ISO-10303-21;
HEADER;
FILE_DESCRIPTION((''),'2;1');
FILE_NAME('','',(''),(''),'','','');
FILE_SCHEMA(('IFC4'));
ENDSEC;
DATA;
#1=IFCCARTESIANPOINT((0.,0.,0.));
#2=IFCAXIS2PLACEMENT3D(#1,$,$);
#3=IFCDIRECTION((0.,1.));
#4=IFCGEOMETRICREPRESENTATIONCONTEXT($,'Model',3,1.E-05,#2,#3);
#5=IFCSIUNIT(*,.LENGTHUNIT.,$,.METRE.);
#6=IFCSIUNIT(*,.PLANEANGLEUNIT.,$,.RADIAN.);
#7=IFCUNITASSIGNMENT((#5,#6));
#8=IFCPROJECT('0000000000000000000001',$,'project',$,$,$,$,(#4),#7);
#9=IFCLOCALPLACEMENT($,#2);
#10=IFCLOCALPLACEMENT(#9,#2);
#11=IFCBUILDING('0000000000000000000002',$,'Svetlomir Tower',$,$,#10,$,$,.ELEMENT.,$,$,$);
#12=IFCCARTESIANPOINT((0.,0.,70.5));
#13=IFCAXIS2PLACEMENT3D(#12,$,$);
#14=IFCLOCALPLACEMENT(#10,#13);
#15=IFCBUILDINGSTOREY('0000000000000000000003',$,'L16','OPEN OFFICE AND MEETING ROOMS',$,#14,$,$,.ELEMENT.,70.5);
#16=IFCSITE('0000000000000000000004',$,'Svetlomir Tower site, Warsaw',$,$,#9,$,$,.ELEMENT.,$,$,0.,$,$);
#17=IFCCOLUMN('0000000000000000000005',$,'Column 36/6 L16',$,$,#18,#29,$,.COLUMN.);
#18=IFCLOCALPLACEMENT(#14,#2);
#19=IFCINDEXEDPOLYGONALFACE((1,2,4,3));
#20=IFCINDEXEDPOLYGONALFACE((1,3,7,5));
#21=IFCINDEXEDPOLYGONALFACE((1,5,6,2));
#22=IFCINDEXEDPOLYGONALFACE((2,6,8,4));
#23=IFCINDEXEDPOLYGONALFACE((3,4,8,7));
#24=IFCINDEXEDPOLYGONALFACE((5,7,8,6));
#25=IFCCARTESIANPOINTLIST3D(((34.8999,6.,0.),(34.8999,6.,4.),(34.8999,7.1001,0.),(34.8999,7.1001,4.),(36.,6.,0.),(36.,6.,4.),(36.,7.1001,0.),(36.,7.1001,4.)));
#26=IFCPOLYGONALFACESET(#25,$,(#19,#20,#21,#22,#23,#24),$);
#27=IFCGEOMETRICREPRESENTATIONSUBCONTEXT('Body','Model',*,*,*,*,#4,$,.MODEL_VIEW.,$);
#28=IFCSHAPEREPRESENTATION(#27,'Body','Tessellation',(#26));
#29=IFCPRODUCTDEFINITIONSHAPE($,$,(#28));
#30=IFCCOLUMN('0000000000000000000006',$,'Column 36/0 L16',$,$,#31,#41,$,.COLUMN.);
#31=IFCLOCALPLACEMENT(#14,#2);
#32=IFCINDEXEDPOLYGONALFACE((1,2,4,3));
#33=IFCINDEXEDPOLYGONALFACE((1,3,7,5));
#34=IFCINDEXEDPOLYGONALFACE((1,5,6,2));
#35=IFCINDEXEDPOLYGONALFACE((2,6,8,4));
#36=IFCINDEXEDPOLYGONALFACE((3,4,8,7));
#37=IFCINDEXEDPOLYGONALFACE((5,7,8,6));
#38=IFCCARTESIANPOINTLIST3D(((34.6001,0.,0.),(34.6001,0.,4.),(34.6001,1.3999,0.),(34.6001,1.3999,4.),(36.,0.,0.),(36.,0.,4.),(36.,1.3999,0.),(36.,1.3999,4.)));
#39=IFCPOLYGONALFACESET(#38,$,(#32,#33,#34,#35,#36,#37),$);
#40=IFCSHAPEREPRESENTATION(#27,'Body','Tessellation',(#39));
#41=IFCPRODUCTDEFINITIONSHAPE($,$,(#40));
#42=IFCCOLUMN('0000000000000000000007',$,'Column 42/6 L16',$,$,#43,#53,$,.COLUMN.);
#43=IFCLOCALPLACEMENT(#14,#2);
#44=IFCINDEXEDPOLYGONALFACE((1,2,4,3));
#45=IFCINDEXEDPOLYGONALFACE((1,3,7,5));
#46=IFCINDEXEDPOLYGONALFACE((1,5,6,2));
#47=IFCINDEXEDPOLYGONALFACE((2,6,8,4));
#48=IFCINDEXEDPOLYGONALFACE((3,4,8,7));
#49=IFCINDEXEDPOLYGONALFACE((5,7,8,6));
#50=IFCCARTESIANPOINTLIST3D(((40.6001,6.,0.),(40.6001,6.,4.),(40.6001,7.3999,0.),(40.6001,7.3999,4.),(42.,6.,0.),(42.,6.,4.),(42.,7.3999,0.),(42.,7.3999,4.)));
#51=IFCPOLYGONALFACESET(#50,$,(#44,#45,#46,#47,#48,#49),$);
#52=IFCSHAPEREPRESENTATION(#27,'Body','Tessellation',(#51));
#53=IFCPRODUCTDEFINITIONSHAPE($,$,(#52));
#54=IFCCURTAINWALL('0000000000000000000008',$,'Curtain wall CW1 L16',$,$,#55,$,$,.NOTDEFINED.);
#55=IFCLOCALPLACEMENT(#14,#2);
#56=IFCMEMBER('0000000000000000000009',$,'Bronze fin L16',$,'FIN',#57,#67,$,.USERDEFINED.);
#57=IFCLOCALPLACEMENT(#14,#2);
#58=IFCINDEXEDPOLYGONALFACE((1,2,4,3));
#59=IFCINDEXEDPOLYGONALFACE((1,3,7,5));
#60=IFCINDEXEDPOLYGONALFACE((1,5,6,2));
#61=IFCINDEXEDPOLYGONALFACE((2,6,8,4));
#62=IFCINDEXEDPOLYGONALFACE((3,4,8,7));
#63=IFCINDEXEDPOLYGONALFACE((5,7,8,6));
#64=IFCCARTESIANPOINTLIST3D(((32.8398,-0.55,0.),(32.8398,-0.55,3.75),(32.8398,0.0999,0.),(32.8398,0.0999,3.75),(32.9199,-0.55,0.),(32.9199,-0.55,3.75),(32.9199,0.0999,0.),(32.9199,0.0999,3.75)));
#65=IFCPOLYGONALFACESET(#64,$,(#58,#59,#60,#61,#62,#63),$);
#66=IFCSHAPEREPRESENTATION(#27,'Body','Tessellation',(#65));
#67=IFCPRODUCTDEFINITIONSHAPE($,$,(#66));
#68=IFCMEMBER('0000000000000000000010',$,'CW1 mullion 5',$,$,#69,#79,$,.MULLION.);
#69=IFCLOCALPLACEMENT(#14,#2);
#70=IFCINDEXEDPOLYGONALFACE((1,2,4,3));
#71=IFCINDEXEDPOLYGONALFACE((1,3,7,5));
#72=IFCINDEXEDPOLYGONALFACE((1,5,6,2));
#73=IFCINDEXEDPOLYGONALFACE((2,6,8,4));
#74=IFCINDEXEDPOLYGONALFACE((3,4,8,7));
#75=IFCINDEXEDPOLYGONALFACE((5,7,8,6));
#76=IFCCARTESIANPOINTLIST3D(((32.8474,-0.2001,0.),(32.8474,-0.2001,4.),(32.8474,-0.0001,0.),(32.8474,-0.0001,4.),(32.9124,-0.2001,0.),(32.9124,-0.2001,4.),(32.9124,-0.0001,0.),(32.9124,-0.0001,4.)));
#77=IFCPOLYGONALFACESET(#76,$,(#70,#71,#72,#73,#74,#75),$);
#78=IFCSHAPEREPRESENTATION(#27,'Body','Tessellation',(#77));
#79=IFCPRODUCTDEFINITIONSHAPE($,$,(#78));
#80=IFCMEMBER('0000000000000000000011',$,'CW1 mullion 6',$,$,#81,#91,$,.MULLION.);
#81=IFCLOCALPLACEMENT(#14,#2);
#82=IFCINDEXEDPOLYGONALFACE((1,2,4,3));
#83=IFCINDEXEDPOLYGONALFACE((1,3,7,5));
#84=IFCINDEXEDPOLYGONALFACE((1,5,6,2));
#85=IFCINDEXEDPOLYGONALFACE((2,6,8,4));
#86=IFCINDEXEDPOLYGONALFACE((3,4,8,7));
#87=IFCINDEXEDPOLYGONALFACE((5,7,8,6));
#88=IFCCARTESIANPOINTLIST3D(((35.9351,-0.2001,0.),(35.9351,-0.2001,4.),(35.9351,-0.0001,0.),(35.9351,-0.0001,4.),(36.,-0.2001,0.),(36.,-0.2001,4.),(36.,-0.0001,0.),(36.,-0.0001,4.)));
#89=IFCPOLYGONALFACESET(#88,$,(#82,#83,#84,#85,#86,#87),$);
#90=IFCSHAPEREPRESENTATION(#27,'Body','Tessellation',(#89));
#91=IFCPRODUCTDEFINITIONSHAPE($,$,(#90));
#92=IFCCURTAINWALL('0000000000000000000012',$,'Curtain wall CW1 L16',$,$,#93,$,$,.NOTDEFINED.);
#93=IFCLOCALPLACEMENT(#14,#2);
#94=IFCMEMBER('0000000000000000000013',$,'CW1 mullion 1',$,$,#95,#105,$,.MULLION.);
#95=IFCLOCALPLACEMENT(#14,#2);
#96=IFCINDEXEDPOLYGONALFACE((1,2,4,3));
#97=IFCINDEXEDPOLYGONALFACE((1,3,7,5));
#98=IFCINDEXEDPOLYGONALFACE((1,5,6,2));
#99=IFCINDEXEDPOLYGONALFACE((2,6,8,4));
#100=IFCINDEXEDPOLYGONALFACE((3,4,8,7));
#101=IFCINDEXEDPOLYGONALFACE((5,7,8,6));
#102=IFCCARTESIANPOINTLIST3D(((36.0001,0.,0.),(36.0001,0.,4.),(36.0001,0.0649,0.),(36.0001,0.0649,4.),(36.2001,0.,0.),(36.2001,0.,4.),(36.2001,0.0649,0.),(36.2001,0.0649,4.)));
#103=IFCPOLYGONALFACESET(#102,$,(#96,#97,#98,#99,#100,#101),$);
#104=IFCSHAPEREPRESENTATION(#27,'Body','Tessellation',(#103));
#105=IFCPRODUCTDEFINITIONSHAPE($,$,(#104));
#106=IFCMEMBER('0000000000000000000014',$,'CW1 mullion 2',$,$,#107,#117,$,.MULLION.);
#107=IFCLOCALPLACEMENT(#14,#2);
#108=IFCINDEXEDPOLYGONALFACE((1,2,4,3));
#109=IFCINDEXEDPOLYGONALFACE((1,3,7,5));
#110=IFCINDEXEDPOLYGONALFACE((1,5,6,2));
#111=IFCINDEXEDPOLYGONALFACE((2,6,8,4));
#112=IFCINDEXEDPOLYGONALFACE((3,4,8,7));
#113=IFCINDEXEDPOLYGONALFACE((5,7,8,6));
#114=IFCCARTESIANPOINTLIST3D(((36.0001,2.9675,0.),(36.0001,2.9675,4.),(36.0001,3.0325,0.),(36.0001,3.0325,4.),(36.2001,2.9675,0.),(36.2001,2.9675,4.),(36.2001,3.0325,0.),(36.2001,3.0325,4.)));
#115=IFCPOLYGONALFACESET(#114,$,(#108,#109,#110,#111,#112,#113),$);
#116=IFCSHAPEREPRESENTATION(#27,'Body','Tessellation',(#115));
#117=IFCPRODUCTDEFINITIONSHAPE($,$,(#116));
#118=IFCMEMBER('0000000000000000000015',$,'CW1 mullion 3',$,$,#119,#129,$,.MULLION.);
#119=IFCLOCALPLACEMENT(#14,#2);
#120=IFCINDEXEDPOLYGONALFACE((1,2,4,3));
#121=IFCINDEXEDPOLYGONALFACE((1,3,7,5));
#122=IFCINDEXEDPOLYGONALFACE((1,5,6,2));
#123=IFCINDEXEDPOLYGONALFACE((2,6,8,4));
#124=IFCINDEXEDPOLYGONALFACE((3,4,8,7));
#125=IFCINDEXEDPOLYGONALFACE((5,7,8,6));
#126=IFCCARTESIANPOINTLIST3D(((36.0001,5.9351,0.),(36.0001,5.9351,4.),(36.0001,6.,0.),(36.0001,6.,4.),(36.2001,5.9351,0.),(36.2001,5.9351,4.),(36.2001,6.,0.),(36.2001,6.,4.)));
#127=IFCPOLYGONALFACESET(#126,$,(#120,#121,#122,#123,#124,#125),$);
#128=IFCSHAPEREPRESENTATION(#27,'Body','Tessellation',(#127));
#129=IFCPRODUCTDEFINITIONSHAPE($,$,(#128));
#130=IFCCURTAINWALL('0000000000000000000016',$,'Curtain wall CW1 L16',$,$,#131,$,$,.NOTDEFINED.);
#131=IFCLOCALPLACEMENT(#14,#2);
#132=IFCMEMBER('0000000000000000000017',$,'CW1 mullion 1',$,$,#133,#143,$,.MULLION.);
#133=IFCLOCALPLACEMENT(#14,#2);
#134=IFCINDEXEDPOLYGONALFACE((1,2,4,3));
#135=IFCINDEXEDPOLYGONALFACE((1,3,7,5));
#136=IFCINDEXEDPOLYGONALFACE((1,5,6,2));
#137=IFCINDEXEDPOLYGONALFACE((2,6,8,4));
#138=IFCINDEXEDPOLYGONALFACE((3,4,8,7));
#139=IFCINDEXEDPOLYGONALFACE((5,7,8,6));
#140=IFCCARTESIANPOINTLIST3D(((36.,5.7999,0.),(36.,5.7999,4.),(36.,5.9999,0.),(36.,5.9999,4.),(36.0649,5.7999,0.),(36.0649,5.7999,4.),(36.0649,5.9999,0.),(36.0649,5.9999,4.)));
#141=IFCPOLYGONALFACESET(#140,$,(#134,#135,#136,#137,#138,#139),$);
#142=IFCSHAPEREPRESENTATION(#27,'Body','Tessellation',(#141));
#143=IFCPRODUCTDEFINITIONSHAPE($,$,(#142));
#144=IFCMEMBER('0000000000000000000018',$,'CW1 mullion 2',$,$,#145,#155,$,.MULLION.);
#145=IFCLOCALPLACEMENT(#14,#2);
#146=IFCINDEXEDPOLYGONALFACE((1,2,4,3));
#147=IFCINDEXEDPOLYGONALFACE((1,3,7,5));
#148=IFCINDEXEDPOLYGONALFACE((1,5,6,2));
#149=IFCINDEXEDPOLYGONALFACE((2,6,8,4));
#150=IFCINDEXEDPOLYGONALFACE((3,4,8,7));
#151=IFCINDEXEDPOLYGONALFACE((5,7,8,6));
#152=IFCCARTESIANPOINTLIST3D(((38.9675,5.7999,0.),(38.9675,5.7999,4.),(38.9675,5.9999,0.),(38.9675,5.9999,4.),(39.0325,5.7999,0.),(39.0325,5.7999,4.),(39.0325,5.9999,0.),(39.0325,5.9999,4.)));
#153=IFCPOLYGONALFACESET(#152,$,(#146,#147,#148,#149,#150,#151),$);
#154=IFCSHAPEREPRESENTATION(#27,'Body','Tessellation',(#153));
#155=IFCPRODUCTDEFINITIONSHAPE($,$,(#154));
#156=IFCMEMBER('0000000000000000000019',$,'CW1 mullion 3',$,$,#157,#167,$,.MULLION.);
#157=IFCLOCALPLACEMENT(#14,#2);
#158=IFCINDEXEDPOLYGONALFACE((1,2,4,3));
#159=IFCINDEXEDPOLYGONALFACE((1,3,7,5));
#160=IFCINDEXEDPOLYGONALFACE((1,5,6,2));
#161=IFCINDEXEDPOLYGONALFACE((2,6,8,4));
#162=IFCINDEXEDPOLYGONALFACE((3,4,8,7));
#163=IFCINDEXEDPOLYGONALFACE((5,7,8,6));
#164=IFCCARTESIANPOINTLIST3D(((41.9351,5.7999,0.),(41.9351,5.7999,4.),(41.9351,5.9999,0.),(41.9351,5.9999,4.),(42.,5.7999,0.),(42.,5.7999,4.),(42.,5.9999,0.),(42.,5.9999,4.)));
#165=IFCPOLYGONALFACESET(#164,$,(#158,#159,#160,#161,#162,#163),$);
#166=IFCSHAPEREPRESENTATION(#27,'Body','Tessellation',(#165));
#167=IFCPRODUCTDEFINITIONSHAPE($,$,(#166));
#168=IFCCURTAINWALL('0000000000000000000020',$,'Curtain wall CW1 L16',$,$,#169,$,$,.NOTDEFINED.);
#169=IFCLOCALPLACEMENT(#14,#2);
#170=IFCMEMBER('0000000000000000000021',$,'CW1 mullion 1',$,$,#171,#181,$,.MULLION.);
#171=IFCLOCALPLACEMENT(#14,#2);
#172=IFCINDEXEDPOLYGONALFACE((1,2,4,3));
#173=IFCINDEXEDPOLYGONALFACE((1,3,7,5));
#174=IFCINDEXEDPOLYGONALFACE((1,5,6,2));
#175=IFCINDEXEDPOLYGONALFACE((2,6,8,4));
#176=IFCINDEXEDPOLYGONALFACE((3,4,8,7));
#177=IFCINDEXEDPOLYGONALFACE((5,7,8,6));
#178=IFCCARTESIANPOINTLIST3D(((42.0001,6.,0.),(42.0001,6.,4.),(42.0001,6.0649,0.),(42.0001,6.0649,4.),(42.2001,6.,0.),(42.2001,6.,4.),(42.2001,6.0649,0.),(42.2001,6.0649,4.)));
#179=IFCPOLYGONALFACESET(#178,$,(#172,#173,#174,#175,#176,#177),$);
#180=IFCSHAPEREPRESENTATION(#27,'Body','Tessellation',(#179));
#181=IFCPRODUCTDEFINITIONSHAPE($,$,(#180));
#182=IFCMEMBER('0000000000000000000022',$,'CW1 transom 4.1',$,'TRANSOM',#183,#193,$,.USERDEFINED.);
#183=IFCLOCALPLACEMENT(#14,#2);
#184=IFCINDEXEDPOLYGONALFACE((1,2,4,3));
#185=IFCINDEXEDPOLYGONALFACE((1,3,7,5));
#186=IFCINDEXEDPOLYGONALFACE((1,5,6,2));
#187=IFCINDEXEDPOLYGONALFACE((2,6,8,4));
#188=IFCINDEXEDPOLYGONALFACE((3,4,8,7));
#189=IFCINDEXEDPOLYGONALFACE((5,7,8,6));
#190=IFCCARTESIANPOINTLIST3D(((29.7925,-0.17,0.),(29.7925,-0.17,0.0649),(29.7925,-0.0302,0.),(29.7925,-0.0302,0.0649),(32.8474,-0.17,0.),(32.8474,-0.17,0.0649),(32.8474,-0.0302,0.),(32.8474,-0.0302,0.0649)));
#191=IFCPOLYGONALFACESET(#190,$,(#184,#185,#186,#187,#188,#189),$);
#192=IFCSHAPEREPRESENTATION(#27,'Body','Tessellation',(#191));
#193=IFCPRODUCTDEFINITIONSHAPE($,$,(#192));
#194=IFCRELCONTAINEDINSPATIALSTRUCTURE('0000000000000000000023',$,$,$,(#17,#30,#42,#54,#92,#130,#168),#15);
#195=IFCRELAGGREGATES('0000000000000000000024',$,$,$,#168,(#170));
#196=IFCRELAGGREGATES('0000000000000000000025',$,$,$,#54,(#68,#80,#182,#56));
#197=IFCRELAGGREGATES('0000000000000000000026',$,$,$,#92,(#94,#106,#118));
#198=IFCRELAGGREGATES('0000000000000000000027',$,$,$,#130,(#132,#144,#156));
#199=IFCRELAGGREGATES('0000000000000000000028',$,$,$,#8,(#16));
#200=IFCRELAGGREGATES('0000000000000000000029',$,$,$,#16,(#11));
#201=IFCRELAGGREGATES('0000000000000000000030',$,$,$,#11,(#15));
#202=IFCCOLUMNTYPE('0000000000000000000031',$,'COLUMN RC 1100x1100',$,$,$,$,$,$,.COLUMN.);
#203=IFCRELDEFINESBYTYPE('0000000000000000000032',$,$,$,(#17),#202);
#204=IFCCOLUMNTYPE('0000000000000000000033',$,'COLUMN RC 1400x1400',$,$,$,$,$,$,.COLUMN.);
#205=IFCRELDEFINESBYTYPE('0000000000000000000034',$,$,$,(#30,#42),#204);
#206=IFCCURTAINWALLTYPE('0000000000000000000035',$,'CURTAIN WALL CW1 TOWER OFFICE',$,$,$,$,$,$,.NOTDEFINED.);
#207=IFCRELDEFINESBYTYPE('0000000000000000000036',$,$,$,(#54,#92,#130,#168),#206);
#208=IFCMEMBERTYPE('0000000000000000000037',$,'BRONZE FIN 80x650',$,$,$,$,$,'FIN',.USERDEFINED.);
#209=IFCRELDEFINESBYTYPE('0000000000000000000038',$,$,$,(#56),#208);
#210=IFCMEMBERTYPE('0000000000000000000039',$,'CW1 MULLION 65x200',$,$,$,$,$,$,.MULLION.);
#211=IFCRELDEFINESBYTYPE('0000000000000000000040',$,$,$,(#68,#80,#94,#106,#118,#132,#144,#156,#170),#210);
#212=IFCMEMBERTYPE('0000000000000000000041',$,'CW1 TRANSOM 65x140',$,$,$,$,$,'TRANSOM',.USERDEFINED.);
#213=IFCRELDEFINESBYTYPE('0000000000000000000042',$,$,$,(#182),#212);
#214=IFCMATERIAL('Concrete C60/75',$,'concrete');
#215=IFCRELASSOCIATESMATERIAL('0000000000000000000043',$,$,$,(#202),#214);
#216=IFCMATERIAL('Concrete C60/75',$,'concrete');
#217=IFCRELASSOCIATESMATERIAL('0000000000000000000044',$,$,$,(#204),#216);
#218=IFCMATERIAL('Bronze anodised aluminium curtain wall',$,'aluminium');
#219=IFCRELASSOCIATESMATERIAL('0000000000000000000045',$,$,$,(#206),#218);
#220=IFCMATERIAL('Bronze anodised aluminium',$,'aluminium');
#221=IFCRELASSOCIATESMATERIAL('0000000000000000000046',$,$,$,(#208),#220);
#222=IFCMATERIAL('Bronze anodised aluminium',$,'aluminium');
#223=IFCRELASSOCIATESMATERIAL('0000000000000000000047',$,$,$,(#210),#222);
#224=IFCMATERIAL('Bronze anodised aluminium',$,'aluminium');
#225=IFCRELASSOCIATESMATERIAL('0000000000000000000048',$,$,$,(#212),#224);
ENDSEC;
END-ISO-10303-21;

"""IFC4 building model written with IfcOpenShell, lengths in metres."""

from ifc_helpers import new_model, si_unit, direction, frame, origin, origin_2d, place, context, subcontext, project, spatial, rectangle, extrude, material, material_profile, profile_set, type_object, element, aggregate, save


model = new_model("IFC4")

# Units and contexts
model_context = context("Model", 3, precision=1e-05, world=origin(), true_north=direction((0.0, 1.0)))
body_context = subcontext(model_context, "Body", "Model", "MODEL_VIEW")
ifc_project = project(units=[si_unit("LENGTHUNIT", "METRE"), si_unit("PLANEANGLEUNIT", "RADIAN")], contexts=[model_context])

# Site, building, storey
site_placement = place(None, origin())
site = spatial("IfcSite", under=ifc_project, at=site_placement, Name="Svetlomir Tower site, Warsaw", CompositionType="ELEMENT", RefElevation=0.0)
building_placement = place(site_placement, origin())
building = spatial("IfcBuilding", under=site, at=building_placement, Name="Svetlomir Tower", CompositionType="ELEMENT")
storey_placement = place(building_placement, frame((0.0, 0.0, 70.5)))
storey = spatial("IfcBuildingStorey", under=building, at=storey_placement, Name="L16", Description="OPEN OFFICE AND MEETING ROOMS", CompositionType="ELEMENT", Elevation=70.5)

# Columns
ifc_material_1 = material(Name="Concrete C60/75", Category="concrete")
ifc_material_profile_1 = material_profile(ifc_material_1, rectangle(XDim=1.1001, YDim=1.1001, at=origin_2d()), Name="RC 1100x1100")
ifc_profile_set_1 = profile_set([ifc_material_profile_1], Name="Concrete C60/75")
column_type_1 = type_object("IfcColumnType", Name="COLUMN RC 1100x1100", PredefinedType="COLUMN", material=ifc_profile_set_1)
column_placement = place(storey_placement, frame((35.45, 6.55, 0.0), z_axis=(0.0, 0.0, 1.0), x_axis=(1.0, 0.0, 0.0)))
element("IfcColumn", 1, at=column_placement, inside=storey, type_object=column_type_1, Name="Column 36/6 L16", PredefinedType="COLUMN", context=body_context, shape_type="SweptSolid", body=[
    extrude(rectangle(XDim=1.1001, YDim=1.1001, at=origin_2d()), origin(), (0.0, 0.0, 1.0), 4.0),
])
ifc_material_2 = material(Name="Concrete C60/75", Category="concrete")
ifc_material_profile_2 = material_profile(ifc_material_2, rectangle(XDim=1.3999, YDim=1.3999, at=origin_2d()), Name="RC 1400x1400")
ifc_profile_set_2 = profile_set([ifc_material_profile_2], Name="Concrete C60/75")
column_type_2 = type_object("IfcColumnType", Name="COLUMN RC 1400x1400", PredefinedType="COLUMN", material=ifc_profile_set_2)
for number, where, z_axis, x_axis, name in (
    (2, (35.3, 0.7, 0.0), (0.0, 0.0, 1.0), (1.0, 0.0, 0.0), "Column 36/0 L16"),
    (3, (41.3, 6.7, 0.0), (0.0, 0.0, 1.0), (1.0, 0.0, 0.0), "Column 42/6 L16"),
):
    element("IfcColumn", number, at=place(storey_placement, frame(where, z_axis=z_axis, x_axis=x_axis)), inside=storey, type_object=column_type_2, Name=name, PredefinedType="COLUMN", context=body_context, shape_type="SweptSolid", body=[
        extrude(rectangle(XDim=1.3999, YDim=1.3999, at=origin_2d()), origin(), (0.0, 0.0, 1.0), 4.0),
    ])

# Curtain walls, members
ifc_material_3 = material(Name="Bronze anodised aluminium curtain wall", Category="aluminium")
curtain_wall_type = type_object("IfcCurtainWallType", Name="CURTAIN WALL CW1 TOWER OFFICE", PredefinedType="NOTDEFINED", material=ifc_material_3)
curtain_wall_1_placement = place(storey_placement, origin())
curtain_wall_1 = element("IfcCurtainWall", 4, at=curtain_wall_1_placement, inside=storey, type_object=curtain_wall_type, Name="Curtain wall CW1 L16", PredefinedType="NOTDEFINED")
ifc_material_4 = material(Name="Bronze anodised aluminium", Category="aluminium")
ifc_material_profile_3 = material_profile(ifc_material_4, rectangle(XDim=0.0801, YDim=0.6499, at=origin_2d()), Name="FIN 80x650")
ifc_profile_set_3 = profile_set([ifc_material_profile_3], Name="Bronze anodised aluminium 6063-T6")
member_type_1 = type_object("IfcMemberType", Name="BRONZE FIN 80x650", ElementType="FIN", PredefinedType="USERDEFINED", material=ifc_profile_set_3)
member_1_placement = place(storey_placement, frame((32.8799, -0.2251, 0.0), z_axis=(0.0, 0.0, 1.0), x_axis=(1.0, 0.0, 0.0)))
member_1 = element("IfcMember", 5, at=member_1_placement, type_object=member_type_1, Name="Bronze fin L16", ObjectType="FIN", PredefinedType="USERDEFINED", context=body_context, shape_type="SweptSolid", body=[
    extrude(rectangle(XDim=0.0801, YDim=0.6499, at=origin_2d()), origin(), (0.0, 0.0, 1.0), 3.75),
])
ifc_material_5 = material(Name="Bronze anodised aluminium", Category="aluminium")
ifc_material_profile_4 = material_profile(ifc_material_5, rectangle(XDim=0.0649, YDim=0.2, at=origin_2d()), Name="AL 65x200")
ifc_profile_set_4 = profile_set([ifc_material_profile_4], Name="Bronze anodised aluminium 6063-T6")
member_type_2 = type_object("IfcMemberType", Name="CW1 MULLION 65x200", PredefinedType="MULLION", material=ifc_profile_set_4)
member_2_placement = place(storey_placement, frame((32.8799, -0.1001, 0.0), z_axis=(0.0, 0.0, 1.0), x_axis=(1.0, 0.0, 0.0)))
member_2 = element("IfcMember", 6, at=member_2_placement, type_object=member_type_2, Name="CW1 mullion 5", PredefinedType="MULLION", context=body_context, shape_type="SweptSolid", body=[
    extrude(rectangle(XDim=0.0649, YDim=0.2, at=origin_2d()), origin(), (0.0, 0.0, 1.0), 4.0),
])
member_3_placement = place(storey_placement, frame((35.9675, -0.1001, 0.0), z_axis=(0.0, 0.0, 1.0), x_axis=(1.0, 0.0, 0.0)))
member_3 = element("IfcMember", 7, at=member_3_placement, type_object=member_type_2, Name="CW1 mullion 6", PredefinedType="MULLION", context=body_context, shape_type="SweptSolid", body=[
    extrude(rectangle(XDim=0.0649, YDim=0.2, at=origin_2d()), origin(), (0.0, 0.0, 1.0), 4.0),
])
curtain_wall_2_placement = place(storey_placement, origin())
curtain_wall_2 = element("IfcCurtainWall", 8, at=curtain_wall_2_placement, inside=storey, type_object=curtain_wall_type, Name="Curtain wall CW1 L16", PredefinedType="NOTDEFINED")
member_4_placement = place(storey_placement, frame((36.1001, 0.0325, 0.0), z_axis=(0.0, 0.0, 1.0), x_axis=(0.0, 1.0, 0.0)))
member_4 = element("IfcMember", 9, at=member_4_placement, type_object=member_type_2, Name="CW1 mullion 1", PredefinedType="MULLION", context=body_context, shape_type="SweptSolid", body=[
    extrude(rectangle(XDim=0.0649, YDim=0.2, at=origin_2d()), origin(), (0.0, 0.0, 1.0), 4.0),
])
member_5_placement = place(storey_placement, frame((36.1001, 3.0, 0.0), z_axis=(0.0, 0.0, 1.0), x_axis=(0.0, 1.0, 0.0)))
member_5 = element("IfcMember", 10, at=member_5_placement, type_object=member_type_2, Name="CW1 mullion 2", PredefinedType="MULLION", context=body_context, shape_type="SweptSolid", body=[
    extrude(rectangle(XDim=0.0649, YDim=0.2, at=origin_2d()), origin(), (0.0, 0.0, 1.0), 4.0),
])
member_6_placement = place(storey_placement, frame((36.1001, 5.9675, 0.0), z_axis=(0.0, 0.0, 1.0), x_axis=(0.0, 1.0, 0.0)))
member_6 = element("IfcMember", 11, at=member_6_placement, type_object=member_type_2, Name="CW1 mullion 3", PredefinedType="MULLION", context=body_context, shape_type="SweptSolid", body=[
    extrude(rectangle(XDim=0.0649, YDim=0.2, at=origin_2d()), origin(), (0.0, 0.0, 1.0), 4.0),
])
curtain_wall_3_placement = place(storey_placement, origin())
curtain_wall_3 = element("IfcCurtainWall", 12, at=curtain_wall_3_placement, inside=storey, type_object=curtain_wall_type, Name="Curtain wall CW1 L16", PredefinedType="NOTDEFINED")
member_7_placement = place(storey_placement, frame((36.0325, 5.8999, 0.0), z_axis=(0.0, 0.0, 1.0), x_axis=(1.0, 0.0, 0.0)))
member_7 = element("IfcMember", 13, at=member_7_placement, type_object=member_type_2, Name="CW1 mullion 1", PredefinedType="MULLION", context=body_context, shape_type="SweptSolid", body=[
    extrude(rectangle(XDim=0.0649, YDim=0.2, at=origin_2d()), origin(), (0.0, 0.0, 1.0), 4.0),
])
member_8_placement = place(storey_placement, frame((39.0, 5.8999, 0.0), z_axis=(0.0, 0.0, 1.0), x_axis=(1.0, 0.0, 0.0)))
member_8 = element("IfcMember", 14, at=member_8_placement, type_object=member_type_2, Name="CW1 mullion 2", PredefinedType="MULLION", context=body_context, shape_type="SweptSolid", body=[
    extrude(rectangle(XDim=0.0649, YDim=0.2, at=origin_2d()), origin(), (0.0, 0.0, 1.0), 4.0),
])
member_9_placement = place(storey_placement, frame((41.9675, 5.8999, 0.0), z_axis=(0.0, 0.0, 1.0), x_axis=(1.0, 0.0, 0.0)))
member_9 = element("IfcMember", 15, at=member_9_placement, type_object=member_type_2, Name="CW1 mullion 3", PredefinedType="MULLION", context=body_context, shape_type="SweptSolid", body=[
    extrude(rectangle(XDim=0.0649, YDim=0.2, at=origin_2d()), origin(), (0.0, 0.0, 1.0), 4.0),
])

# Curtain wall, member
curtain_wall_4_placement = place(storey_placement, origin())
curtain_wall_4 = element("IfcCurtainWall", 16, at=curtain_wall_4_placement, inside=storey, type_object=curtain_wall_type, Name="Curtain wall CW1 L16", PredefinedType="NOTDEFINED")
member_10_placement = place(storey_placement, frame((42.1001, 6.0325, 0.0), z_axis=(0.0, 0.0, 1.0), x_axis=(0.0, 1.0, 0.0)))
member_10 = element("IfcMember", 17, at=member_10_placement, type_object=member_type_2, Name="CW1 mullion 1", PredefinedType="MULLION", context=body_context, shape_type="SweptSolid", body=[
    extrude(rectangle(XDim=0.0649, YDim=0.2, at=origin_2d()), origin(), (0.0, 0.0, 1.0), 4.0),
])

# Member
ifc_material_6 = material(Name="Bronze anodised aluminium", Category="aluminium")
ifc_material_profile_5 = material_profile(ifc_material_6, rectangle(XDim=0.1399, YDim=0.0649, at=origin_2d()), Name="AL 140x65")
ifc_profile_set_5 = profile_set([ifc_material_profile_5], Name="Bronze anodised aluminium 6063-T6")
member_type_3 = type_object("IfcMemberType", Name="CW1 TRANSOM 65x140", ElementType="TRANSOM", PredefinedType="USERDEFINED", material=ifc_profile_set_5)
member_11_placement = place(storey_placement, frame((29.7925, -0.1001, 0.0325), z_axis=(1.0, 0.0, 0.0), x_axis=(0.0, 1.0, 0.0)))
member_11 = element("IfcMember", 18, at=member_11_placement, type_object=member_type_3, Name="CW1 transom 4.1", ObjectType="TRANSOM", PredefinedType="USERDEFINED", context=body_context, shape_type="SweptSolid", body=[
    extrude(rectangle(XDim=0.1399, YDim=0.0649, at=origin_2d()), origin(), (0.0, 0.0, 1.0), 3.0549),
])
aggregate(curtain_wall_4, [member_10])

aggregate(curtain_wall_1, [member_2, member_3, member_11, member_1])
aggregate(curtain_wall_2, [member_4, member_5, member_6])
aggregate(curtain_wall_3, [member_7, member_8, member_9])

save(model, "model.ifc")
